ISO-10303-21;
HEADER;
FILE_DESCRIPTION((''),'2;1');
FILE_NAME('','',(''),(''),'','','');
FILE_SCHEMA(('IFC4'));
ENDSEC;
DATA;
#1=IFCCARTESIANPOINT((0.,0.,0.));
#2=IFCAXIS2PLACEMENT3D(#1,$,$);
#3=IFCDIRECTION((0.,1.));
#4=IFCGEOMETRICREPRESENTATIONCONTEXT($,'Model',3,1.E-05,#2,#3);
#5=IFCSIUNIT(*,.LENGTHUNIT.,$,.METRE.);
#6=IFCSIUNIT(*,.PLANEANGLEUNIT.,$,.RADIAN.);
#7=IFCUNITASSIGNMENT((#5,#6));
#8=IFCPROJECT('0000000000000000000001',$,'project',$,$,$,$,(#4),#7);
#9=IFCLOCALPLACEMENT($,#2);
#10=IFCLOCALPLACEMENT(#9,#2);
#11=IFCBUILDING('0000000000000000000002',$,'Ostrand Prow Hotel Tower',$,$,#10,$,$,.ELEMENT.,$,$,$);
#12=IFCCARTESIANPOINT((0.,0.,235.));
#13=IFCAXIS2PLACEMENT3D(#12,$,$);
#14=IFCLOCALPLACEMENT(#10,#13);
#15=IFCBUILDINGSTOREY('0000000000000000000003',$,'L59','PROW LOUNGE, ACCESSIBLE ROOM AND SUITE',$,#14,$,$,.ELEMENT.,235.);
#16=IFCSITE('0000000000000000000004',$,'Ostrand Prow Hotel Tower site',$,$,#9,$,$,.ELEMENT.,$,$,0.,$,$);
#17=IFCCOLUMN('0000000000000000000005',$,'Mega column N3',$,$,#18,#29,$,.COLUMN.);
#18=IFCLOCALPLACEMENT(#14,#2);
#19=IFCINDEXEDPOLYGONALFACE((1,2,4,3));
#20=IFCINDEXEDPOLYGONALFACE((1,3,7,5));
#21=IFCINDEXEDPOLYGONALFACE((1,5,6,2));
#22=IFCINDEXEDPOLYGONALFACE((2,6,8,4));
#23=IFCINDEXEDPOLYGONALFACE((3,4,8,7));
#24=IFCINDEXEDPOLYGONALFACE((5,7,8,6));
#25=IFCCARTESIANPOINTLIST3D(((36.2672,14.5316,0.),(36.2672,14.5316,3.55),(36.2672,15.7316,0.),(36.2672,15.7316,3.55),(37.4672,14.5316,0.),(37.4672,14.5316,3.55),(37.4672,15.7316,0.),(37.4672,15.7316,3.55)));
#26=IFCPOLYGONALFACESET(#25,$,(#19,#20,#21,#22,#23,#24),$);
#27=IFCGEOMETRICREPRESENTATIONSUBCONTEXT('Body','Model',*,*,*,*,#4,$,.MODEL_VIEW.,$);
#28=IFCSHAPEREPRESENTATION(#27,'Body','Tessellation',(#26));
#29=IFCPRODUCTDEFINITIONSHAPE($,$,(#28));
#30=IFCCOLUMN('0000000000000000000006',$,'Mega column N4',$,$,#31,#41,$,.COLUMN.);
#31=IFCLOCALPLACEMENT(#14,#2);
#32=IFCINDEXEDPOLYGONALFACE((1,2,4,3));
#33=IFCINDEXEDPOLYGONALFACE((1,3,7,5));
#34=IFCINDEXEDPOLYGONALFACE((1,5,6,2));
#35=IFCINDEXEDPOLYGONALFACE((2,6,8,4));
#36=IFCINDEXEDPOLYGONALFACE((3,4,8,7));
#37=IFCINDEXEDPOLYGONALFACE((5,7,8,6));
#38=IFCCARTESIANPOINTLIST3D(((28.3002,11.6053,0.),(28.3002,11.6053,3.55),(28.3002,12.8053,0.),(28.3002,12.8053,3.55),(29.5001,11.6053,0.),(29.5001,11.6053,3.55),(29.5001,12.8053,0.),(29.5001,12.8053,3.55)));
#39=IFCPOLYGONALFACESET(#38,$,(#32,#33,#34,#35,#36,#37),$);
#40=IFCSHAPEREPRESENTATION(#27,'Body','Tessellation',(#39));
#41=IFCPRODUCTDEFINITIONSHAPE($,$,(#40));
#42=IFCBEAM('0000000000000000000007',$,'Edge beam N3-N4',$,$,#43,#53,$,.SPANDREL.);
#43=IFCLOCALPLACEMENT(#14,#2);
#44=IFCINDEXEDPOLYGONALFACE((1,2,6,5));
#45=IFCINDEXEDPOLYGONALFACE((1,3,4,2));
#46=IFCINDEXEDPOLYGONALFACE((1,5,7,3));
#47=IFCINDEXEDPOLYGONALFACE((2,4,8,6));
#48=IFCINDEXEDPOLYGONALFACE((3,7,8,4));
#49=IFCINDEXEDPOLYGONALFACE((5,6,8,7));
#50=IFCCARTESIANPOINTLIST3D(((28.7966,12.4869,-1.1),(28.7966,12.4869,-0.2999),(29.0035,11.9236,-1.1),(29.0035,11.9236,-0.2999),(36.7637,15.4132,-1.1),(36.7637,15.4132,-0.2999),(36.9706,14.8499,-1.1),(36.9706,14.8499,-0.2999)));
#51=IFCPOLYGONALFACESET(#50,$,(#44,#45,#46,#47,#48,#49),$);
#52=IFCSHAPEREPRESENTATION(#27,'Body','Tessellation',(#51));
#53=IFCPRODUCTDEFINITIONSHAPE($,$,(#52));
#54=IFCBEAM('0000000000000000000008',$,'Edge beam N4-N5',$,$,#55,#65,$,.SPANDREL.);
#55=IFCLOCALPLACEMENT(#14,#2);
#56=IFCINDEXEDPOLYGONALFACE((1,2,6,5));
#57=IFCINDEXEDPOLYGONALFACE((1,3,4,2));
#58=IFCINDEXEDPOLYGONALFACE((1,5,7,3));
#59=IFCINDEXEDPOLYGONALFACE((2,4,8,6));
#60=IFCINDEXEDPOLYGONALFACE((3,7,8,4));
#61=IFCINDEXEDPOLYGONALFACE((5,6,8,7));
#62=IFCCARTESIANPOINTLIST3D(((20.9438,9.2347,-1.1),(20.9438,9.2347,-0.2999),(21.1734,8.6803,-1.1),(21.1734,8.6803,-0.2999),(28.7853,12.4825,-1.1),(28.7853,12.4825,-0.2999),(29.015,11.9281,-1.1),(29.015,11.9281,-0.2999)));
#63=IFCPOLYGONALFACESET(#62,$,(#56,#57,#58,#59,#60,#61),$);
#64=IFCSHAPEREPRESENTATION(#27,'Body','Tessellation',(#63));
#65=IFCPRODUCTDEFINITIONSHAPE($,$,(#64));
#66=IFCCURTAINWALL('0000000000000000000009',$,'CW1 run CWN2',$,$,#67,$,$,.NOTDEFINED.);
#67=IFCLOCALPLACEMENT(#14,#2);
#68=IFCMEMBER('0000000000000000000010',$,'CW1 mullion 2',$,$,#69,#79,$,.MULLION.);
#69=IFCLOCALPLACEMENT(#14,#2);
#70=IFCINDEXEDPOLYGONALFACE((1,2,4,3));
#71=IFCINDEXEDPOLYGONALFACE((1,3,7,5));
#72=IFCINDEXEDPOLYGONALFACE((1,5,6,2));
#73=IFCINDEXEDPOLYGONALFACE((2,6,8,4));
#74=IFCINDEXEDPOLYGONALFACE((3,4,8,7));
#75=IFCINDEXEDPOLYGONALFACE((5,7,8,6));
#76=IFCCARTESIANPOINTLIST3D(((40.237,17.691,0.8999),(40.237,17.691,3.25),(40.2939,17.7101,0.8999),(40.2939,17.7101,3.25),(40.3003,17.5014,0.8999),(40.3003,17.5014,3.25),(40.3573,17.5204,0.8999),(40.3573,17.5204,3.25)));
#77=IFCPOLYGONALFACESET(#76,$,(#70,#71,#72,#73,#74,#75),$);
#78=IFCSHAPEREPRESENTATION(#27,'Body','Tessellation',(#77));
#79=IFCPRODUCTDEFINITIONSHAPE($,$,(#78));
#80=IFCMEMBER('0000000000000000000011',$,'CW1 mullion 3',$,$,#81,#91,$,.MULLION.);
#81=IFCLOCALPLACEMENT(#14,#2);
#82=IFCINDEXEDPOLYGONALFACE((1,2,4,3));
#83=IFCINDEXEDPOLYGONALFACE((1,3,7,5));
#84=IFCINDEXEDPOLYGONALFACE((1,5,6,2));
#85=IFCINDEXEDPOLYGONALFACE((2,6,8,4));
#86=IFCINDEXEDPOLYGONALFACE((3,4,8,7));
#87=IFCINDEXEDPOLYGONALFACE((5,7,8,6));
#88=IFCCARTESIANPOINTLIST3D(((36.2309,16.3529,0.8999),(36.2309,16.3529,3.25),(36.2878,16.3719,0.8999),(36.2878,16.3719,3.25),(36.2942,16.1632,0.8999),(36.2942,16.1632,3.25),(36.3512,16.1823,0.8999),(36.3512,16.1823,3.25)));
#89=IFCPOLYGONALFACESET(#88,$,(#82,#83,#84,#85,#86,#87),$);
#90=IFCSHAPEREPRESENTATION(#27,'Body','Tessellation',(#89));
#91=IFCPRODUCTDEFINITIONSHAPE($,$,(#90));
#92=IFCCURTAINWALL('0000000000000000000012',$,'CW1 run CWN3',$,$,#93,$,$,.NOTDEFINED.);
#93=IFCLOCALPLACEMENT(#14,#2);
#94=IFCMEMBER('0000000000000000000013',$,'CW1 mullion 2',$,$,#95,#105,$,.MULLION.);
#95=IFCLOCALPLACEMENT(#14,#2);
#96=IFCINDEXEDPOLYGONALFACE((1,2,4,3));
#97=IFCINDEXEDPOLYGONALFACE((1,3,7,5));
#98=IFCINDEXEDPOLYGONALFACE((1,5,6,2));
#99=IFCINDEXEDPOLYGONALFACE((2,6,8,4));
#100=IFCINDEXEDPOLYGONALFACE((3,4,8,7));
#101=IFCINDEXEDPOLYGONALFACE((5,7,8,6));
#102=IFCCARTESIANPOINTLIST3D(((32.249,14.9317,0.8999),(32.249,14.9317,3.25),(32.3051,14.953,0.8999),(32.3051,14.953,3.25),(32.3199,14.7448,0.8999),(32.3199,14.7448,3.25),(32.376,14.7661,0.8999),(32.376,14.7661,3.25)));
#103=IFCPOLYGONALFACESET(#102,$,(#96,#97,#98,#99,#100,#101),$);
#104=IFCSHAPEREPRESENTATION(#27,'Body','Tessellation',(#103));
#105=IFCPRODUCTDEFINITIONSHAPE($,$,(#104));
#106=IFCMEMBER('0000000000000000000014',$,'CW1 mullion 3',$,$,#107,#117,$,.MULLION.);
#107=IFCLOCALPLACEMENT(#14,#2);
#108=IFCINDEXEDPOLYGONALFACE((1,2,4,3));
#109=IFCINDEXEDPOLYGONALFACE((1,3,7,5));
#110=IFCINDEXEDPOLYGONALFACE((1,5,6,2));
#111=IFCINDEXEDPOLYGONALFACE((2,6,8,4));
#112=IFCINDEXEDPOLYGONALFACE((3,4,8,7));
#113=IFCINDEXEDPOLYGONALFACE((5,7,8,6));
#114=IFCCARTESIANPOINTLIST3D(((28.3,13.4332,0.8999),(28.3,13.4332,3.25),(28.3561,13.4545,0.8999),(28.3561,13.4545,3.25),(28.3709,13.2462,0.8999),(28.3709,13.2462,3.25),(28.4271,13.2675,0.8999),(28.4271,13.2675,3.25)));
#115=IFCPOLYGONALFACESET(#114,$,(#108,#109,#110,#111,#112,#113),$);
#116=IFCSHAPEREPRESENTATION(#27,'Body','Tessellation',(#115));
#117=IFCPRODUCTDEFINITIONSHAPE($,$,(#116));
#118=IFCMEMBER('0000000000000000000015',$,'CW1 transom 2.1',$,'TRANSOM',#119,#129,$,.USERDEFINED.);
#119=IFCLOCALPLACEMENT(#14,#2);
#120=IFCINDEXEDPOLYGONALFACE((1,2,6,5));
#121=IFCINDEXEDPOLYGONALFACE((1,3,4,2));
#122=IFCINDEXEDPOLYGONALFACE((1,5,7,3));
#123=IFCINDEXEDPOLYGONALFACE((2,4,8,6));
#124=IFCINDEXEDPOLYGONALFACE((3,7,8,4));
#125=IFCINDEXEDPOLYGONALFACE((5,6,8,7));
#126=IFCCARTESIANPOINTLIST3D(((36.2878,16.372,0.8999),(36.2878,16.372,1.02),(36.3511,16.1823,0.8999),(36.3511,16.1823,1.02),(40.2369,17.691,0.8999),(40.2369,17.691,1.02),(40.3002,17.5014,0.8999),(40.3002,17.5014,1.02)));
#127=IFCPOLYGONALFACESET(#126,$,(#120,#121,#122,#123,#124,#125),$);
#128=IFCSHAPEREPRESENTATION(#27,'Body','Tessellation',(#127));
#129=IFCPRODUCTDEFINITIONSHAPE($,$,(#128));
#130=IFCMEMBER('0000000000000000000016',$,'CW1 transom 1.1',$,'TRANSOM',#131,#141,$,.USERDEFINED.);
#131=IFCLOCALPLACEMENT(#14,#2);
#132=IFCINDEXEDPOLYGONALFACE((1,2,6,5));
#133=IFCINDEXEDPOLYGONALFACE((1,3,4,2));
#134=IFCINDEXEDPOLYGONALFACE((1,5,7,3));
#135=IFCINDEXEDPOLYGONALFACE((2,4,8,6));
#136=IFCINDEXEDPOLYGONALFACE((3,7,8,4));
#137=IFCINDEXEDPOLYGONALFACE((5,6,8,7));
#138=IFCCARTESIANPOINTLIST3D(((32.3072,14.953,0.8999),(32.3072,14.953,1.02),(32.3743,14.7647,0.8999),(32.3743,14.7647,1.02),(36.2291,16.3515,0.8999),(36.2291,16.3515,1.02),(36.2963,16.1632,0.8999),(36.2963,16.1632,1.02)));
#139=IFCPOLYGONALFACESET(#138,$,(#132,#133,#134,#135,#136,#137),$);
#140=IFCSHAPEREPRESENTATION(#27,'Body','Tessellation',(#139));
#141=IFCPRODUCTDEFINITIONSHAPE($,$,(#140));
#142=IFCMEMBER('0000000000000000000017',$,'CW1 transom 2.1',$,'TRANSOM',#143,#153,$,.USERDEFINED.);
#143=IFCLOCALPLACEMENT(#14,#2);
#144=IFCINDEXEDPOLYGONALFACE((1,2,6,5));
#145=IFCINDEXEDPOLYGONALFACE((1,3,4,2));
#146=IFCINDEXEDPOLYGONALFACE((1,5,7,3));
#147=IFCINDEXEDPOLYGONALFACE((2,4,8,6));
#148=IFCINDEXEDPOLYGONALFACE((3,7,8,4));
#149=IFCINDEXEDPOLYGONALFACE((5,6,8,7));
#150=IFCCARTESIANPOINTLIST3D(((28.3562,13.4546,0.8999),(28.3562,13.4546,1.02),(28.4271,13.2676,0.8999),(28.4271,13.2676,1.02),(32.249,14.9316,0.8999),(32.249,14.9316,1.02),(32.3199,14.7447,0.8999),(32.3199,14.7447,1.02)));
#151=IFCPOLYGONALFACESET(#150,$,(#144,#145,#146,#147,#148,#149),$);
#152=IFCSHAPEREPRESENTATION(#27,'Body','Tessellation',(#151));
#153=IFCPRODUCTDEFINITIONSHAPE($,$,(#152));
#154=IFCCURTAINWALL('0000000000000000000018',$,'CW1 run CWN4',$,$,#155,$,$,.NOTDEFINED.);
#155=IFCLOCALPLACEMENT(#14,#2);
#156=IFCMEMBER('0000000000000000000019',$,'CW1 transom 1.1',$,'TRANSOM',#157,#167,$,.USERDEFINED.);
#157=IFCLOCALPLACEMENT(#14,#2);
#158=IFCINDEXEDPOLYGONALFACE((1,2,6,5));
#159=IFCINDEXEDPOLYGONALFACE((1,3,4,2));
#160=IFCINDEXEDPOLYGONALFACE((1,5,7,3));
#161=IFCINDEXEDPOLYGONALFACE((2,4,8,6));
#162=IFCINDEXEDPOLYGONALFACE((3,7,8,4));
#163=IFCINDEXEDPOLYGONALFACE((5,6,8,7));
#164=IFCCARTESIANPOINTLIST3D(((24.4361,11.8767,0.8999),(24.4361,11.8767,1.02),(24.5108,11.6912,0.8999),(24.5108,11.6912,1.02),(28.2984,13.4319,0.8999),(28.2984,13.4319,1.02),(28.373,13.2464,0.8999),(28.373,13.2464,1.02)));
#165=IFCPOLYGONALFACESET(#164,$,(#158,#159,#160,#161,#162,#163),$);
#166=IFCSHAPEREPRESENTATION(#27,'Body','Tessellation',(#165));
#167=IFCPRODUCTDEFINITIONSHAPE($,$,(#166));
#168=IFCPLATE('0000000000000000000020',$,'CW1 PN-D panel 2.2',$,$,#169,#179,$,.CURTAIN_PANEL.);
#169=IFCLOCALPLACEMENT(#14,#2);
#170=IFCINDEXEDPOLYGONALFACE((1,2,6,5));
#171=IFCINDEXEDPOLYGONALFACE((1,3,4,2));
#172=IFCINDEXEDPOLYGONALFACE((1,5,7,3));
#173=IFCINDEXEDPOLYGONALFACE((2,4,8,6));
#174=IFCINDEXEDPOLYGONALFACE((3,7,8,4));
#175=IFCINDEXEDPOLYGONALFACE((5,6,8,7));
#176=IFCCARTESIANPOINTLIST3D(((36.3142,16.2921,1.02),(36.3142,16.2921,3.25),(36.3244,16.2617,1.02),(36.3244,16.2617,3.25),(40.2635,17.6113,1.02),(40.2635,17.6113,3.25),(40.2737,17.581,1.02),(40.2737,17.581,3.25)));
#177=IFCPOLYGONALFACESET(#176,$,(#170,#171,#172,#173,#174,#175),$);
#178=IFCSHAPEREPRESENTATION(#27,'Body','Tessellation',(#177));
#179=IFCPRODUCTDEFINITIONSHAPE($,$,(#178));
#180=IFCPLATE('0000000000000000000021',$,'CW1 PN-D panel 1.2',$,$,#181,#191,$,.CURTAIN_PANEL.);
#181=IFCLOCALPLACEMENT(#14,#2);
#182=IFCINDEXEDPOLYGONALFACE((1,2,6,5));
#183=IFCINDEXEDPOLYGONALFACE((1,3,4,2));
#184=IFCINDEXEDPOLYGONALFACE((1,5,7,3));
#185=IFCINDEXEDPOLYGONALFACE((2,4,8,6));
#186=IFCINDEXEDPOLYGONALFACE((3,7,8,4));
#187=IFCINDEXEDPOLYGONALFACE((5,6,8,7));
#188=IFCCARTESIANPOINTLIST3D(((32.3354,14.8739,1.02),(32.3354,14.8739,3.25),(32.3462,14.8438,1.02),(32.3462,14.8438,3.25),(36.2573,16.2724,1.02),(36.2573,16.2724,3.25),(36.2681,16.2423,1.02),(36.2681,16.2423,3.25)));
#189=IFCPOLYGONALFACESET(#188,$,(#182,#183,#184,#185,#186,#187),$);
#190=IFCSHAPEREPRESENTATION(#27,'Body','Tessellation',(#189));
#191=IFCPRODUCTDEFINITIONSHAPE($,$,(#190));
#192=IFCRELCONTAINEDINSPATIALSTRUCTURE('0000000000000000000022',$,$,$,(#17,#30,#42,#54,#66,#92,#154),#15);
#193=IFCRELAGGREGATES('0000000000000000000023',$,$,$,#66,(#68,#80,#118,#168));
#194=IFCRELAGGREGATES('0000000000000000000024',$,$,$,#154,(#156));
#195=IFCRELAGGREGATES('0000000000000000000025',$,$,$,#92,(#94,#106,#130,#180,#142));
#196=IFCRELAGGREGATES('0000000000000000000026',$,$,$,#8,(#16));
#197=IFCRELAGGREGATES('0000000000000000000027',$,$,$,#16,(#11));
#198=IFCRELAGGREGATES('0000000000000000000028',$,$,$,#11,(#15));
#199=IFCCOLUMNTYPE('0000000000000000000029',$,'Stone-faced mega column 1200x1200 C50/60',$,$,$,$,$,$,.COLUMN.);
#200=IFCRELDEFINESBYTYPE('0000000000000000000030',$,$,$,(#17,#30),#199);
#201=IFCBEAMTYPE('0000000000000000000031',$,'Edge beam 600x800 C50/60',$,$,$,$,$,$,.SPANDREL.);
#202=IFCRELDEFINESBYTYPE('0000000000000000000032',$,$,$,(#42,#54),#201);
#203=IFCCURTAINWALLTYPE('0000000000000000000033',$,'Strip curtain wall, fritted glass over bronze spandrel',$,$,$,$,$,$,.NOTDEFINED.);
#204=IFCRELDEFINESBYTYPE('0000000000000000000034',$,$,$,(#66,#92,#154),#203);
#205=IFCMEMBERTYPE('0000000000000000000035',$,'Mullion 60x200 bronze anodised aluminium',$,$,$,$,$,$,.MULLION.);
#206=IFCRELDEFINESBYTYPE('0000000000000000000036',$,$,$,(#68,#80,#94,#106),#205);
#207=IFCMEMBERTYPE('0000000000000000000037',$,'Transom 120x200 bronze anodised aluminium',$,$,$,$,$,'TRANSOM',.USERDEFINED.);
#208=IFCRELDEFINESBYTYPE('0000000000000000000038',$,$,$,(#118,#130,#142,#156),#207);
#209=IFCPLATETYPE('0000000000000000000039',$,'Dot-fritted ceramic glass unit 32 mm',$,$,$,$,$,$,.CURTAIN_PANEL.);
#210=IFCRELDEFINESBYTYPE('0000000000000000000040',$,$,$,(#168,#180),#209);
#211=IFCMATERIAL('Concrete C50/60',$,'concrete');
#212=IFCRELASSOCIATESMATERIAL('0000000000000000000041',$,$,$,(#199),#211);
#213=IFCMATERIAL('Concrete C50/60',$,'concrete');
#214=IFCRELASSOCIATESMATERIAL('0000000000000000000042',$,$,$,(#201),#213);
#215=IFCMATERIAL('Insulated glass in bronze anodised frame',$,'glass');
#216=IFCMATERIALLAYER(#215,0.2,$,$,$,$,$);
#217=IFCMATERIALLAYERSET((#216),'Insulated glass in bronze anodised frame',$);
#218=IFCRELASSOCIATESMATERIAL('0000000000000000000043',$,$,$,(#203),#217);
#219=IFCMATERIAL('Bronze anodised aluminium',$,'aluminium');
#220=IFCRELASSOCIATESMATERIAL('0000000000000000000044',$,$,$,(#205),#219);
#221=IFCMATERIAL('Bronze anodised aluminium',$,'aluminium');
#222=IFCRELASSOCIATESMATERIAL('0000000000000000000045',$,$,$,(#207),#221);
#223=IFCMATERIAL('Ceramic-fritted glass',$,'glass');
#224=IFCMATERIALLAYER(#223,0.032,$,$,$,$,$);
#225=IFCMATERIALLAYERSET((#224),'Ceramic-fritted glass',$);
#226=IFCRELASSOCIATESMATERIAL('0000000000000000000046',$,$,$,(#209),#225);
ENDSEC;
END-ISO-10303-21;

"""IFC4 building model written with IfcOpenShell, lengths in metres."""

from ifc_helpers import new_model, si_unit, direction, frame, origin, origin_2d, place, context, subcontext, project, spatial, rectangle, extrude, material, layer, layer_set, material_profile, profile_set, type_object, element, aggregate, save


model = new_model("IFC4")

# Units and contexts
model_context = context("Model", 3, precision=1e-05, world=origin(), true_north=direction((0.0, 1.0)))
body_context = subcontext(model_context, "Body", "Model", "MODEL_VIEW")
ifc_project = project(units=[si_unit("LENGTHUNIT", "METRE"), si_unit("PLANEANGLEUNIT", "RADIAN")], contexts=[model_context])

# Site, building, storey
site_placement = place(None, origin())
site = spatial("IfcSite", under=ifc_project, at=site_placement, Name="Ostrand Prow Hotel Tower site", CompositionType="ELEMENT", RefElevation=0.0)
building_placement = place(site_placement, origin())
building = spatial("IfcBuilding", under=site, at=building_placement, Name="Ostrand Prow Hotel Tower", CompositionType="ELEMENT")
storey_placement = place(building_placement, frame((0.0, 0.0, 235.0)))
storey = spatial("IfcBuildingStorey", under=building, at=storey_placement, Name="L59", Description="PROW LOUNGE, ACCESSIBLE ROOM AND SUITE", CompositionType="ELEMENT", Elevation=235.0)

# Columns
ifc_material_1 = material(Name="Concrete C50/60", Category="concrete")
ifc_material_profile_1 = material_profile(ifc_material_1, rectangle(XDim=1.2, YDim=1.2, at=origin_2d()), Name="RC 1200x1200")
ifc_profile_set_1 = profile_set([ifc_material_profile_1], Name="Concrete C50/60")
column_type = type_object("IfcColumnType", Name="Stone-faced mega column 1200x1200 C50/60", PredefinedType="COLUMN", material=ifc_profile_set_1)
for number, where, z_axis, x_axis, name in (
    (1, (36.8672, 15.1316, 0.0), (0.0, 0.0, 1.0), (1.0, 0.0, 0.0), "Mega column N3"),
    (2, (28.9001, 12.2053, 0.0), (0.0, 0.0, 1.0), (1.0, 0.0, 0.0), "Mega column N4"),
):
    element("IfcColumn", number, at=place(storey_placement, frame(where, z_axis=z_axis, x_axis=x_axis)), inside=storey, type_object=column_type, Name=name, PredefinedType="COLUMN", context=body_context, shape_type="SweptSolid", body=[
        extrude(rectangle(XDim=1.2, YDim=1.2, at=origin_2d()), origin(), (0.0, 0.0, 1.0), 3.55),
    ])

# Beams
ifc_material_2 = material(Name="Concrete C50/60", Category="concrete")
ifc_material_profile_2 = material_profile(ifc_material_2, rectangle(XDim=0.6001, YDim=0.8, at=origin_2d()), Name="RC 600x800")
ifc_profile_set_2 = profile_set([ifc_material_profile_2], Name="Concrete C50/60")
beam_type = type_object("IfcBeamType", Name="Edge beam 600x800 C50/60", PredefinedType="SPANDREL", material=ifc_profile_set_2)
for number, where, z_axis, x_axis, name in (
    (3, (36.8672, 15.1316, -0.7), (-0.938685, -0.344776, 0.0), (0.344776, -0.938685, 0.0), "Edge beam N3-N4"),
    (4, (28.9001, 12.2053, -0.7), (-0.923891, -0.382656, 0.0), (0.382656, -0.923891, 0.0), "Edge beam N4-N5"),
):
    element("IfcBeam", number, at=place(storey_placement, frame(where, z_axis=z_axis, x_axis=x_axis)), inside=storey, type_object=beam_type, Name=name, PredefinedType="SPANDREL", context=body_context, shape_type="SweptSolid", body=[
        extrude(rectangle(XDim=0.6001, YDim=0.8, at=origin_2d()), origin(), (0.0, 0.0, 1.0), 8.4875),
    ])

# Curtain walls, members
ifc_material_3 = material(Name="Insulated glass in bronze anodised frame", Category="glass")
ifc_layer_1 = layer(ifc_material_3, 0.2)
ifc_layer_set_1 = layer_set([ifc_layer_1], Name="Insulated glass in bronze anodised frame")
curtain_wall_type = type_object("IfcCurtainWallType", Name="Strip curtain wall, fritted glass over bronze spandrel", PredefinedType="NOTDEFINED", material=ifc_layer_set_1)
curtain_wall_1_placement = place(storey_placement, origin())
curtain_wall_1 = element("IfcCurtainWall", 5, at=curtain_wall_1_placement, inside=storey, type_object=curtain_wall_type, Name="CW1 run CWN2", PredefinedType="NOTDEFINED")
ifc_material_4 = material(Name="Bronze anodised aluminium", Category="aluminium")
ifc_material_profile_3 = material_profile(ifc_material_4, rectangle(XDim=0.2, YDim=0.0601, at=origin_2d()), Name="Mullion 60x200 bronze anodised aluminium")
ifc_profile_set_3 = profile_set([ifc_material_profile_3], Name="Bronze anodised aluminium")
member_type_1 = type_object("IfcMemberType", Name="Mullion 60x200 bronze anodised aluminium", PredefinedType="MULLION", material=ifc_profile_set_3)
member_1_placement = place(storey_placement, frame((40.2971, 17.6057, 0.8999), z_axis=(0.0, 0.0, 1.0), x_axis=(0.316841, -0.948479, 0.0)))
member_1 = element("IfcMember", 6, at=member_1_placement, type_object=member_type_1, Name="CW1 mullion 2", PredefinedType="MULLION", context=body_context, shape_type="SweptSolid", body=[
    extrude(rectangle(XDim=0.2, YDim=0.0601, at=origin_2d()), origin(), (0.0, 0.0, 1.0), 2.3501),
])
member_2_placement = place(storey_placement, frame((36.291, 16.2676, 0.8999), z_axis=(0.0, 0.0, 1.0), x_axis=(0.316841, -0.948479, 0.0)))
member_2 = element("IfcMember", 7, at=member_2_placement, type_object=member_type_1, Name="CW1 mullion 3", PredefinedType="MULLION", context=body_context, shape_type="SweptSolid", body=[
    extrude(rectangle(XDim=0.2, YDim=0.0601, at=origin_2d()), origin(), (0.0, 0.0, 1.0), 2.3501),
])
curtain_wall_2_placement = place(storey_placement, origin())
curtain_wall_2 = element("IfcCurtainWall", 8, at=curtain_wall_2_placement, inside=storey, type_object=curtain_wall_type, Name="CW1 run CWN3", PredefinedType="NOTDEFINED")
member_3_placement = place(storey_placement, frame((32.3125, 14.8489, 0.8999), z_axis=(0.0, 0.0, 1.0), x_axis=(0.354777, -0.934951, 0.0)))
member_3 = element("IfcMember", 9, at=member_3_placement, type_object=member_type_1, Name="CW1 mullion 2", PredefinedType="MULLION", context=body_context, shape_type="SweptSolid", body=[
    extrude(rectangle(XDim=0.2, YDim=0.0601, at=origin_2d()), origin(), (0.0, 0.0, 1.0), 2.3501),
])
member_4_placement = place(storey_placement, frame((28.3635, 13.3503, 0.8999), z_axis=(0.0, 0.0, 1.0), x_axis=(0.354777, -0.934951, 0.0)))
member_4 = element("IfcMember", 10, at=member_4_placement, type_object=member_type_1, Name="CW1 mullion 3", PredefinedType="MULLION", context=body_context, shape_type="SweptSolid", body=[
    extrude(rectangle(XDim=0.2, YDim=0.0601, at=origin_2d()), origin(), (0.0, 0.0, 1.0), 2.3501),
])

# Members
ifc_material_5 = material(Name="Bronze anodised aluminium", Category="aluminium")
ifc_material_profile_4 = material_profile(ifc_material_5, rectangle(XDim=0.2, YDim=0.1201, at=origin_2d()), Name="Transom 120x200 bronze anodised aluminium")
ifc_profile_set_4 = profile_set([ifc_material_profile_4], Name="Bronze anodised aluminium")
member_type_2 = type_object("IfcMemberType", Name="Transom 120x200 bronze anodised aluminium", ElementType="TRANSOM", PredefinedType="USERDEFINED", material=ifc_profile_set_4)
member_5_placement = place(storey_placement, frame((40.2686, 17.5962, 0.96), z_axis=(-0.94849, -0.316808, 0.0), x_axis=(0.316808, -0.94849, 0.0)))
member_5 = element("IfcMember", 11, at=member_5_placement, type_object=member_type_2, Name="CW1 transom 2.1", ObjectType="TRANSOM", PredefinedType="USERDEFINED", context=body_context, shape_type="SweptSolid", body=[
    extrude(rectangle(XDim=0.2, YDim=0.1201, at=origin_2d()), origin(), (0.0, 0.0, 1.0), 4.1636),
])
member_6_placement = place(storey_placement, frame((36.2627, 16.2573, 0.96), z_axis=(-0.941912, -0.335861, 0.0), x_axis=(0.335861, -0.941912, 0.0)))
member_6 = element("IfcMember", 12, at=member_6_placement, type_object=member_type_2, Name="CW1 transom 1.1", ObjectType="TRANSOM", PredefinedType="USERDEFINED", context=body_context, shape_type="SweptSolid", body=[
    extrude(rectangle(XDim=0.2, YDim=0.1201, at=origin_2d()), origin(), (0.0, 0.0, 1.0), 4.1638),
])
member_7_placement = place(storey_placement, frame((32.2844, 14.8381, 0.96), z_axis=(-0.934961, -0.354751, 0.0), x_axis=(0.354751, -0.934961, 0.0)))
member_7 = element("IfcMember", 13, at=member_7_placement, type_object=member_type_2, Name="CW1 transom 2.1", ObjectType="TRANSOM", PredefinedType="USERDEFINED", context=body_context, shape_type="SweptSolid", body=[
    extrude(rectangle(XDim=0.2, YDim=0.1201, at=origin_2d()), origin(), (0.0, 0.0, 1.0), 4.1636),
])

# Curtain wall, member
curtain_wall_3_placement = place(storey_placement, origin())
curtain_wall_3 = element("IfcCurtainWall", 14, at=curtain_wall_3_placement, inside=storey, type_object=curtain_wall_type, Name="CW1 run CWN4", PredefinedType="NOTDEFINED")
member_8_placement = place(storey_placement, frame((28.3357, 13.3391, 0.96), z_axis=(-0.927625, -0.373513, 0.0), x_axis=(0.373513, -0.927625, 0.0)))
member_8 = element("IfcMember", 15, at=member_8_placement, type_object=member_type_2, Name="CW1 transom 1.1", ObjectType="TRANSOM", PredefinedType="USERDEFINED", context=body_context, shape_type="SweptSolid", body=[
    extrude(rectangle(XDim=0.2, YDim=0.1201, at=origin_2d()), origin(), (0.0, 0.0, 1.0), 4.1636),
])

# Plates
ifc_material_6 = material(Name="Ceramic-fritted glass", Category="glass")
ifc_layer_2 = layer(ifc_material_6, 0.032)
ifc_layer_set_2 = layer_set([ifc_layer_2], Name="Ceramic-fritted glass")
plate_type_1 = type_object("IfcPlateType", Name="Dot-fritted ceramic glass unit 32 mm", PredefinedType="CURTAIN_PANEL", material=ifc_layer_set_2)
plate_1_placement = place(storey_placement, frame((38.2939, 16.9365, 1.02), z_axis=(0.0, 0.0, 1.0), x_axis=(-0.948479, -0.316841, 0.0)))
plate_1 = element("IfcPlate", 16, at=plate_1_placement, type_object=plate_type_1, Name="CW1 PN-D panel 2.2", PredefinedType="CURTAIN_PANEL", context=body_context, shape_type="SweptSolid", body=[
    extrude(rectangle(XDim=4.1638, YDim=0.032, at=origin_2d()), origin(), (0.0, 0.0, 1.0), 2.23),
])
aggregate(curtain_wall_1, [member_1, member_2, member_5, plate_1])
plate_2_placement = place(storey_placement, frame((34.3018, 15.5581, 1.02), z_axis=(0.0, 0.0, 1.0), x_axis=(-0.941906, -0.335877, 0.0)))
plate_2 = element("IfcPlate", 17, at=plate_2_placement, type_object=plate_type_1, Name="CW1 PN-D panel 1.2", PredefinedType="CURTAIN_PANEL", context=body_context, shape_type="SweptSolid", body=[
    extrude(rectangle(XDim=4.1638, YDim=0.032, at=origin_2d()), origin(), (0.0, 0.0, 1.0), 2.23),
])
aggregate(curtain_wall_3, [member_8])
aggregate(curtain_wall_2, [member_3, member_4, member_6, plate_2, member_7])

save(model, "model.ifc")
